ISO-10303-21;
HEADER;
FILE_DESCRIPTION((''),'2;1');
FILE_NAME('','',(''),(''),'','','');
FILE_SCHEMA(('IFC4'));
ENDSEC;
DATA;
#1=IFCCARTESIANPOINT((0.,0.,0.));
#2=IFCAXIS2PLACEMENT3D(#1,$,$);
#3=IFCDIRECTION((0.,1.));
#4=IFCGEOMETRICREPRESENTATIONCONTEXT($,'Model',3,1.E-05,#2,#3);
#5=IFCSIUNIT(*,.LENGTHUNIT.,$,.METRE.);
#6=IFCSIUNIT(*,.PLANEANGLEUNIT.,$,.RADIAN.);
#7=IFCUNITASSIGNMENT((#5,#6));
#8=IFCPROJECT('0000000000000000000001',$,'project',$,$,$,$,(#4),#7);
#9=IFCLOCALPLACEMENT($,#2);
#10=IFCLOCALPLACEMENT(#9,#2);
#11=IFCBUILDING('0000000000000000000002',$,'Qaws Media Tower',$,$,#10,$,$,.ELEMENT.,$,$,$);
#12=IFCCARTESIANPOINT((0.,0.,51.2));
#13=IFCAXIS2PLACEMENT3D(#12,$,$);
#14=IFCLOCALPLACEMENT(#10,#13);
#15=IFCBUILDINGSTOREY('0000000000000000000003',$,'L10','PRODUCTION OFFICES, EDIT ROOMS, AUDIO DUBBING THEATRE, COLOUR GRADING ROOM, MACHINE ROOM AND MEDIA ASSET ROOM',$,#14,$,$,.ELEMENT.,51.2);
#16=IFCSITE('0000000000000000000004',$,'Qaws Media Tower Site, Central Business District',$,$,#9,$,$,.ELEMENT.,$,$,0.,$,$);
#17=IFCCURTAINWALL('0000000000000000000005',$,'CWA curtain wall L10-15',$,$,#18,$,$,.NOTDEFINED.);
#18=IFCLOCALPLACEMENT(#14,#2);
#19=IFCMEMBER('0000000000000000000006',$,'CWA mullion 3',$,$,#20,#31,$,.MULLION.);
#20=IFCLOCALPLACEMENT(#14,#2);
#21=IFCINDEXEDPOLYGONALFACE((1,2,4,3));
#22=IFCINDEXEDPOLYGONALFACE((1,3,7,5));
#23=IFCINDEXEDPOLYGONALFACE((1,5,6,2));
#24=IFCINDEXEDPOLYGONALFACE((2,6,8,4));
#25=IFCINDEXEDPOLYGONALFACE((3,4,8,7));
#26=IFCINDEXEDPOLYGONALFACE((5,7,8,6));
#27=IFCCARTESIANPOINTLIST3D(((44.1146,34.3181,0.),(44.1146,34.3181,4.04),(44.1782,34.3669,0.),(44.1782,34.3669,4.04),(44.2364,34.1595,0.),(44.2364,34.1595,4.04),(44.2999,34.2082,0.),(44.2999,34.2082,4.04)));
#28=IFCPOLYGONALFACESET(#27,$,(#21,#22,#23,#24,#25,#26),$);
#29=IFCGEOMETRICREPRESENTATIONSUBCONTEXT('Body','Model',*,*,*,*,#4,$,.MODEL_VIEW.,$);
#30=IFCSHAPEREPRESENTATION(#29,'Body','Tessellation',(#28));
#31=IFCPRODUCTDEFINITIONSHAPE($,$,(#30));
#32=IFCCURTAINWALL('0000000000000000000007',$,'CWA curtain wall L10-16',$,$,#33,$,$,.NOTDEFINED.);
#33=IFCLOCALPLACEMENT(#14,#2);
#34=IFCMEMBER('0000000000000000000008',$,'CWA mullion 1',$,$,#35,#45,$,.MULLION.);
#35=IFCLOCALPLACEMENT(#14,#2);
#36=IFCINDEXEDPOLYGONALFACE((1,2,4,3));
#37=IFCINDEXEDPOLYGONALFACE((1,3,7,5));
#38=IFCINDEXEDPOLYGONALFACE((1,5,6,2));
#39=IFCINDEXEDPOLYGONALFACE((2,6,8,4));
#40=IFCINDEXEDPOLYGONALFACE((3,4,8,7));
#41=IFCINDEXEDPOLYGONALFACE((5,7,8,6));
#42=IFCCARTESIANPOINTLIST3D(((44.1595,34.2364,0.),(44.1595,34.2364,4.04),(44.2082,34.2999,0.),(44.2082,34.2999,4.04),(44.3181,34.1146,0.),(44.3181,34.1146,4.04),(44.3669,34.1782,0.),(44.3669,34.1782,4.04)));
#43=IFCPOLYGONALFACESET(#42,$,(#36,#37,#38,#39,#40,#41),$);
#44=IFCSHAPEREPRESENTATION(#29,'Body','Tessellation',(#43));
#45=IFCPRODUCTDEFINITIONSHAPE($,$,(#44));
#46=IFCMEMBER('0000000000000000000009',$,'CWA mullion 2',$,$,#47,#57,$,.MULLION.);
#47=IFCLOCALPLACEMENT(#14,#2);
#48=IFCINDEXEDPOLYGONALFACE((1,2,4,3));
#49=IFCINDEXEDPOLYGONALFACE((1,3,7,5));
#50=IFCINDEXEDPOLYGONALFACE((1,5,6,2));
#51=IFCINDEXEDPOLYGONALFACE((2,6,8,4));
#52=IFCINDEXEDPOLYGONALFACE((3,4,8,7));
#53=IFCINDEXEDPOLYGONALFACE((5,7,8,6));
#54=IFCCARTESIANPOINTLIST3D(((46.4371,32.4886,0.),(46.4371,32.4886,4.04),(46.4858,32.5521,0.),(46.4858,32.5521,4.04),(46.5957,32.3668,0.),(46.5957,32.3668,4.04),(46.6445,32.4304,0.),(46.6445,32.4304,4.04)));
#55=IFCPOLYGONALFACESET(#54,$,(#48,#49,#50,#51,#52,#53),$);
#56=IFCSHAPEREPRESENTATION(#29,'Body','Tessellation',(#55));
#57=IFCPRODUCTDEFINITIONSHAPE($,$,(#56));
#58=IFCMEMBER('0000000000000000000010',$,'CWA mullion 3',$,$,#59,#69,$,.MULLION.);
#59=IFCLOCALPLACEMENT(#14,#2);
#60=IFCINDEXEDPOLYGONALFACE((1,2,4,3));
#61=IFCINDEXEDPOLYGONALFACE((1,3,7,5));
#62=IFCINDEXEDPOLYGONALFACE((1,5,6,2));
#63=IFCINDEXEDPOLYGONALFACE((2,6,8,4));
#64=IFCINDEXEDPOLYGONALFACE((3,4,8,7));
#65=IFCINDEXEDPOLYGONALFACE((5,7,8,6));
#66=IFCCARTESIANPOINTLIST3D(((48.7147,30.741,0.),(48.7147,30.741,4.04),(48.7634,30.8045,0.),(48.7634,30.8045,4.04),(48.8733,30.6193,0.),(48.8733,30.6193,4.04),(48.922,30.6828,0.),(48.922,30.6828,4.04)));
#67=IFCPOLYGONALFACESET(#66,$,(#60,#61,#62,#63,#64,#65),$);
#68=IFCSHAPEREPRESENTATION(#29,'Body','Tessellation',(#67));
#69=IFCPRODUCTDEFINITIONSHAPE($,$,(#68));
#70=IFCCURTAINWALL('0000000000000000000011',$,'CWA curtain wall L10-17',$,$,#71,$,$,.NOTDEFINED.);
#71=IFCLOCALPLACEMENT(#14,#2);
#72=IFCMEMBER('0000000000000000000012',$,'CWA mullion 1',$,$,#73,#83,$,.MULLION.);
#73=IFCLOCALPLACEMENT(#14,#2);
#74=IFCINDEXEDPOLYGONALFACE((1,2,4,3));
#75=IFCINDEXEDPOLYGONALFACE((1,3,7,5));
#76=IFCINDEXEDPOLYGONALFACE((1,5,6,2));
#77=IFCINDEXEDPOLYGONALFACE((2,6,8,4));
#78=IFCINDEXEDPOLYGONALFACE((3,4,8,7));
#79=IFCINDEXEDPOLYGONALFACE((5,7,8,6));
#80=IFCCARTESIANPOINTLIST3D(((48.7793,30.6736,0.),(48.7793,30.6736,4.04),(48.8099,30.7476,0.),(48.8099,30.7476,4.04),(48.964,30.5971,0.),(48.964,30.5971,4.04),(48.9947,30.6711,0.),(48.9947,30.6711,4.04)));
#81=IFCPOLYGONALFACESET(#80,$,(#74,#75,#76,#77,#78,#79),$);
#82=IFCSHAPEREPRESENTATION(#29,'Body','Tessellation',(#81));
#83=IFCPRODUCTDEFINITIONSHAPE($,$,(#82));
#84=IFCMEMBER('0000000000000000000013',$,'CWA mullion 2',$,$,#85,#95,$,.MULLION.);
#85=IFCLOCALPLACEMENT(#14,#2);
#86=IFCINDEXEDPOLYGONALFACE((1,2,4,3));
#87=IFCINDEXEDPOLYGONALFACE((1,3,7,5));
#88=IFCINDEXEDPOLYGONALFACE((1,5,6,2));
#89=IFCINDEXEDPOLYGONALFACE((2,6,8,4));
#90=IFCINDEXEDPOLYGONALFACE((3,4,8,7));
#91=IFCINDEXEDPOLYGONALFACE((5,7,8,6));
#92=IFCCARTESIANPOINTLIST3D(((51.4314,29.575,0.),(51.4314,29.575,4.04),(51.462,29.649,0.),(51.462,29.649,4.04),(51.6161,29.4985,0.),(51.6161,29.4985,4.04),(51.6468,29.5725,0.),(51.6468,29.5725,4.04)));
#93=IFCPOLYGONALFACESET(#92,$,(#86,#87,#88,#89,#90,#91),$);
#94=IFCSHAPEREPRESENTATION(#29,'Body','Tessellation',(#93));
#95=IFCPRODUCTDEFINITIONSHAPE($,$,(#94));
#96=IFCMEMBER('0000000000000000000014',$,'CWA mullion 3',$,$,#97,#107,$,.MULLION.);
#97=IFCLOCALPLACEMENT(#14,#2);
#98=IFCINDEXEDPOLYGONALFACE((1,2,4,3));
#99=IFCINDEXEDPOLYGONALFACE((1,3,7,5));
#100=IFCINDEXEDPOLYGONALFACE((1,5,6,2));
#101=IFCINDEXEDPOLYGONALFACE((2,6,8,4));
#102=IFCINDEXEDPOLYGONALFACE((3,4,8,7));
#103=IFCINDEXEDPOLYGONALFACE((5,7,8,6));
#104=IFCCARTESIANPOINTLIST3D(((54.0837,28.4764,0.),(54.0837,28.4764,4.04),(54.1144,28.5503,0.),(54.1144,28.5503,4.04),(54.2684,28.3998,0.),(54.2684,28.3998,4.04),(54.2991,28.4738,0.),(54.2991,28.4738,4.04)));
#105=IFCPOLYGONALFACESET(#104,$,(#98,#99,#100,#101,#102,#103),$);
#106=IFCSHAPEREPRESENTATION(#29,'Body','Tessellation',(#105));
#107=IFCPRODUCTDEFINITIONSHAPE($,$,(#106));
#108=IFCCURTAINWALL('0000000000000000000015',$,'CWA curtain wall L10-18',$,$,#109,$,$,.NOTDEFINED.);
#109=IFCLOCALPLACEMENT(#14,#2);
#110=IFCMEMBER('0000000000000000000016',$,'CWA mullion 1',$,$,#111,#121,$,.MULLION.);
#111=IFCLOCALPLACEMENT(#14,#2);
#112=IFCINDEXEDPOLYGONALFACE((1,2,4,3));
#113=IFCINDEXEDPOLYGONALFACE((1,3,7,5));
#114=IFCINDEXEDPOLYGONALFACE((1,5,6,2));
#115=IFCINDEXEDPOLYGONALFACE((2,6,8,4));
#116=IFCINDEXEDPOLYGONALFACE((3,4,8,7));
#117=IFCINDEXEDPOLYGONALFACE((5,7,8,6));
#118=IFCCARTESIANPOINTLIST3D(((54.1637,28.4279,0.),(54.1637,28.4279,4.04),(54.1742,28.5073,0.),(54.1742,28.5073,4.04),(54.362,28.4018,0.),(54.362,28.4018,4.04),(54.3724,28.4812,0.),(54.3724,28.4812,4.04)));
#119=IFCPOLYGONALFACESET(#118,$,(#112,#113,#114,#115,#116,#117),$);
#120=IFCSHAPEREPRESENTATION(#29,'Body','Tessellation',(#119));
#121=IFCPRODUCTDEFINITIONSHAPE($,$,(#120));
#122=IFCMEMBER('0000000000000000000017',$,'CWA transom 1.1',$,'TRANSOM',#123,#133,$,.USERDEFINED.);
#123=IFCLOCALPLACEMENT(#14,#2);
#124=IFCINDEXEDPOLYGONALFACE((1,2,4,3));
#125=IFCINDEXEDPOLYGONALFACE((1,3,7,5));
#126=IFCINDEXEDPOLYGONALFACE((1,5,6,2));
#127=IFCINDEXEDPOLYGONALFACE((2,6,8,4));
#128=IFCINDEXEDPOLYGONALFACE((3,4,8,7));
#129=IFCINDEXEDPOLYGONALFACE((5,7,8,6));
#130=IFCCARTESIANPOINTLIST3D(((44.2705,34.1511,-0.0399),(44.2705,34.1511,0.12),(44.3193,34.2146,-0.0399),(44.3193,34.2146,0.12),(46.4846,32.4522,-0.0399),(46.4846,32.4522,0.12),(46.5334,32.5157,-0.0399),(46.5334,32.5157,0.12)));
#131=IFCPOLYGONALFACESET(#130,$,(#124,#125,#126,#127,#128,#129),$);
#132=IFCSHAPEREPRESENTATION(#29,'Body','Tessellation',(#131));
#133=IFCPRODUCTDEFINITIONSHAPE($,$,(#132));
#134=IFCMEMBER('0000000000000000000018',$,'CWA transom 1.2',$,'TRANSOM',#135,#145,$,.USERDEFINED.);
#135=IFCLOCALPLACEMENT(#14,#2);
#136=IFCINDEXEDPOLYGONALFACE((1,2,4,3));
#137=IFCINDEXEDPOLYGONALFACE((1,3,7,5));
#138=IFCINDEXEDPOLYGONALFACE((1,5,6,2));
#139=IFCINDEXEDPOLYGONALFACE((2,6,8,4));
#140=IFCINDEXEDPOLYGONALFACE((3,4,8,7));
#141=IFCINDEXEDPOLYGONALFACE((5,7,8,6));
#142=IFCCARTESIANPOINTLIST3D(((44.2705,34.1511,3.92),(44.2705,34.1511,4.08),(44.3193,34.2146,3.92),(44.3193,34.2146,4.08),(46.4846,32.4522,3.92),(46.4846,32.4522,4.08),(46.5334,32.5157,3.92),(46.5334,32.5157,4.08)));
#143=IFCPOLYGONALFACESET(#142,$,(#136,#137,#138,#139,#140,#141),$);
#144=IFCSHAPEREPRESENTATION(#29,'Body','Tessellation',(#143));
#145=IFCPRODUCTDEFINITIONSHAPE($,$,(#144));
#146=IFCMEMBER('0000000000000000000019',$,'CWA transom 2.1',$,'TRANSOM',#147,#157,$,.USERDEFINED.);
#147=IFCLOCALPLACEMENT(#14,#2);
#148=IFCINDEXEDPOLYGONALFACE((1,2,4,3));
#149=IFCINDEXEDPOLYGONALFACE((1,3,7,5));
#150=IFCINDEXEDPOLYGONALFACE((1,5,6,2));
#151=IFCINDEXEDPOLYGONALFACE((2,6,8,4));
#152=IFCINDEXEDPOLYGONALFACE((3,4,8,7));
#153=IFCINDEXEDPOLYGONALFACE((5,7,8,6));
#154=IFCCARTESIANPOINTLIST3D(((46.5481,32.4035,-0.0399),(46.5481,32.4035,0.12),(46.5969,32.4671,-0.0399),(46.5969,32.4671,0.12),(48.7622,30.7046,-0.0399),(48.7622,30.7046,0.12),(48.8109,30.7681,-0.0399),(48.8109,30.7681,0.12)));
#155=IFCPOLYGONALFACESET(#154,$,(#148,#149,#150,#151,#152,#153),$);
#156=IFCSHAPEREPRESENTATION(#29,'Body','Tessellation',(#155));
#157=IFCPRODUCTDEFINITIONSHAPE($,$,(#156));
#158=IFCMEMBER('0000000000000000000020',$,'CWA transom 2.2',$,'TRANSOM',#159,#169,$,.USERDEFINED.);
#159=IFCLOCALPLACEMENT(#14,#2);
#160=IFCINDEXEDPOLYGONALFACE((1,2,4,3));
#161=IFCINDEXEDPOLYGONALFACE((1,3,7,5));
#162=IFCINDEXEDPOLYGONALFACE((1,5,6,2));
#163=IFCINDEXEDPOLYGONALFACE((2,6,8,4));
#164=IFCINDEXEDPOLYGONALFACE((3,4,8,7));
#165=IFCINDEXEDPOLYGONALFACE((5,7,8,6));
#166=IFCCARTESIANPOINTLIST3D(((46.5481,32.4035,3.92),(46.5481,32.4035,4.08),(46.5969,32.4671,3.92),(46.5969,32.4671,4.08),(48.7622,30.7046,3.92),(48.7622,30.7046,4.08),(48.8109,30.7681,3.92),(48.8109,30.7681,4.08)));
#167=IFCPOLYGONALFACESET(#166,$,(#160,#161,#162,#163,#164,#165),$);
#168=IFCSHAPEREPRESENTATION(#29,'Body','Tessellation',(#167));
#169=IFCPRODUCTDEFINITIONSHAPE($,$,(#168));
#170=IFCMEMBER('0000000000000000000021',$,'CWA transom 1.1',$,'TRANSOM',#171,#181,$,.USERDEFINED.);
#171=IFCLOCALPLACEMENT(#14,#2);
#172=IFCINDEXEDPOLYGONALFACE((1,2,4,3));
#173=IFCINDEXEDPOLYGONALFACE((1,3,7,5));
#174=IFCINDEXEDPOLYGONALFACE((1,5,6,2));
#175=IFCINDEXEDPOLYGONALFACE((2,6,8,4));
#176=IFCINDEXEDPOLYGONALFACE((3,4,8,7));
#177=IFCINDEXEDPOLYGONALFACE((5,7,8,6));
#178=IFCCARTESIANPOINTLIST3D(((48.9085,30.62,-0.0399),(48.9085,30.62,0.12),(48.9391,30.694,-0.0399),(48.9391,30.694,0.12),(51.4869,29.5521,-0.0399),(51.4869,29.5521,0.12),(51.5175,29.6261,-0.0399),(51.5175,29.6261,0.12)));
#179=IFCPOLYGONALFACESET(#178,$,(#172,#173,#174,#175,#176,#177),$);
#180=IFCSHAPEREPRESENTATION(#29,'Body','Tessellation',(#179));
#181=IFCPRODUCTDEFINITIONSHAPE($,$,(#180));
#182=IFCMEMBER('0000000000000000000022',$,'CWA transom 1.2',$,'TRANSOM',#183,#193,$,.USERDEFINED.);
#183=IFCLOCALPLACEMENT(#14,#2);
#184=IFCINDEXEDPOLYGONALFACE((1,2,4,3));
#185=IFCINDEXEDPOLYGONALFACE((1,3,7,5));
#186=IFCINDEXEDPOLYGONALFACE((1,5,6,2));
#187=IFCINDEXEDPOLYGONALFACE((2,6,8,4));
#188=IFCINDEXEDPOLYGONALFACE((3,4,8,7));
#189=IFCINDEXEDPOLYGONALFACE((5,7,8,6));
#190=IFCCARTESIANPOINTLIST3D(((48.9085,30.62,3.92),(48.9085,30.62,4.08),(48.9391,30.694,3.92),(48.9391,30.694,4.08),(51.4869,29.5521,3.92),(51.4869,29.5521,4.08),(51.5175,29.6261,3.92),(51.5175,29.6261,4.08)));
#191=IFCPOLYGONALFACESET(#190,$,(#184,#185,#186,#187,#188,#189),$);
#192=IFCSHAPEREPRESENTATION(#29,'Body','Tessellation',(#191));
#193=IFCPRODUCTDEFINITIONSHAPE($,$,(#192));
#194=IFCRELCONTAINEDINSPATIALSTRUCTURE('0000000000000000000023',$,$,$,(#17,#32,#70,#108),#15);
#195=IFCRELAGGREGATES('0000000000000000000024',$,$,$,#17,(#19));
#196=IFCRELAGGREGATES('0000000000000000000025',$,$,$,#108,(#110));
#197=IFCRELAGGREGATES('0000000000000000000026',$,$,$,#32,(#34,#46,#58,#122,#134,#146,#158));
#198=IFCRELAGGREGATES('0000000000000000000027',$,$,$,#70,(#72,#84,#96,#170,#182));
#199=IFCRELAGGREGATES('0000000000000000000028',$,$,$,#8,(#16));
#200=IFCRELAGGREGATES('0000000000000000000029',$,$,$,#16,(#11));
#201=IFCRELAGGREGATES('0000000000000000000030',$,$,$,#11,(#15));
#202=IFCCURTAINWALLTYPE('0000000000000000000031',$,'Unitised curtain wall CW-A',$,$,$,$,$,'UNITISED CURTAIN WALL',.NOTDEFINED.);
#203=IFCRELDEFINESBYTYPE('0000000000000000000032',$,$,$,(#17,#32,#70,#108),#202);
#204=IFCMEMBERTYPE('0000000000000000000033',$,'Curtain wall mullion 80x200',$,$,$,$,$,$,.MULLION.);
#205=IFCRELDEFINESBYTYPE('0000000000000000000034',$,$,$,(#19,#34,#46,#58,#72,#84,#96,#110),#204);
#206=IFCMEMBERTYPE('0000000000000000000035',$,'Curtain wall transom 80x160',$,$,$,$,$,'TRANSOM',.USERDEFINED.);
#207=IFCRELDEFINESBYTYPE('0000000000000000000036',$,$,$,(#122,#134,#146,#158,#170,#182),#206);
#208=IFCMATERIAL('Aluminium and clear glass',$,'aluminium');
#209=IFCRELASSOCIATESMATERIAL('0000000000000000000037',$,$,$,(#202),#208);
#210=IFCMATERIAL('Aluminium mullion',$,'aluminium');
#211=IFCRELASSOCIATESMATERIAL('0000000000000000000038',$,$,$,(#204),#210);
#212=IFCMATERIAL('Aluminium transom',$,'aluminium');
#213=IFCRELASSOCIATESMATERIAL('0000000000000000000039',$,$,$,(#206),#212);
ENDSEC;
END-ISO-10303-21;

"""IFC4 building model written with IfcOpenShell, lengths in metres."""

from ifc_helpers import new_model, si_unit, direction, frame, origin, origin_2d, place, context, subcontext, project, spatial, rectangle, extrude, material, material_profile, profile_set, type_object, element, aggregate, save


model = new_model("IFC4")

# Units and contexts
model_context = context("Model", 3, precision=1e-05, world=origin(), true_north=direction((0.0, 1.0)))
body_context = subcontext(model_context, "Body", "Model", "MODEL_VIEW")
ifc_project = project(units=[si_unit("LENGTHUNIT", "METRE"), si_unit("PLANEANGLEUNIT", "RADIAN")], contexts=[model_context])

# Site, building, storey
site_placement = place(None, origin())
site = spatial("IfcSite", under=ifc_project, at=site_placement, Name="Qaws Media Tower Site, Central Business District", CompositionType="ELEMENT", RefElevation=0.0)
building_placement = place(site_placement, origin())
building = spatial("IfcBuilding", under=site, at=building_placement, Name="Qaws Media Tower", CompositionType="ELEMENT")
storey_placement = place(building_placement, frame((0.0, 0.0, 51.2)))
storey = spatial("IfcBuildingStorey", under=building, at=storey_placement, Name="L10", Description="PRODUCTION OFFICES, EDIT ROOMS, AUDIO DUBBING THEATRE, COLOUR GRADING ROOM, MACHINE ROOM AND MEDIA ASSET ROOM", CompositionType="ELEMENT", Elevation=51.2)

# Curtain wall, member
ifc_material_1 = material(Name="Aluminium and clear glass", Category="aluminium")
curtain_wall_type = type_object("IfcCurtainWallType", Name="Unitised curtain wall CW-A", ElementType="UNITISED CURTAIN WALL", PredefinedType="NOTDEFINED", material=ifc_material_1)
curtain_wall_1_placement = place(storey_placement, origin())
curtain_wall_1 = element("IfcCurtainWall", 1, at=curtain_wall_1_placement, inside=storey, type_object=curtain_wall_type, Name="CWA curtain wall L10-15", PredefinedType="NOTDEFINED")
ifc_material_2 = material(Name="Aluminium mullion", Category="aluminium")
ifc_material_profile_1 = material_profile(ifc_material_2, rectangle(XDim=0.0801, YDim=0.2, at=origin_2d()), Name="80x200")
ifc_profile_set_1 = profile_set([ifc_material_profile_1], Name="Aluminium mullion")
member_type_1 = type_object("IfcMemberType", Name="Curtain wall mullion 80x200", PredefinedType="MULLION", material=ifc_profile_set_1)
member_1_placement = place(storey_placement, frame((44.2073, 34.2632, 0.0), z_axis=(0.0, 0.0, 1.0), x_axis=(0.793353, 0.608762, 0.0)))
member_1 = element("IfcMember", 2, at=member_1_placement, type_object=member_type_1, Name="CWA mullion 3", PredefinedType="MULLION", context=body_context, shape_type="SweptSolid", body=[
    extrude(rectangle(XDim=0.0801, YDim=0.2, at=origin_2d()), origin(), (0.0, 0.0, 1.0), 4.04),
])
aggregate(curtain_wall_1, [member_1])

# Curtain walls, members
curtain_wall_2_placement = place(storey_placement, origin())
curtain_wall_2 = element("IfcCurtainWall", 3, at=curtain_wall_2_placement, inside=storey, type_object=curtain_wall_type, Name="CWA curtain wall L10-16", PredefinedType="NOTDEFINED")
member_2_placement = place(storey_placement, frame((44.2632, 34.2073, 0.0), z_axis=(0.0, 0.0, 1.0), x_axis=(0.608762, 0.793353, 0.0)))
member_2 = element("IfcMember", 4, at=member_2_placement, type_object=member_type_1, Name="CWA mullion 1", PredefinedType="MULLION", context=body_context, shape_type="SweptSolid", body=[
    extrude(rectangle(XDim=0.0801, YDim=0.2, at=origin_2d()), origin(), (0.0, 0.0, 1.0), 4.04),
])
member_3_placement = place(storey_placement, frame((46.5408, 32.4595, 0.0), z_axis=(0.0, 0.0, 1.0), x_axis=(0.608762, 0.793353, 0.0)))
member_3 = element("IfcMember", 5, at=member_3_placement, type_object=member_type_1, Name="CWA mullion 2", PredefinedType="MULLION", context=body_context, shape_type="SweptSolid", body=[
    extrude(rectangle(XDim=0.0801, YDim=0.2, at=origin_2d()), origin(), (0.0, 0.0, 1.0), 4.04),
])
member_4_placement = place(storey_placement, frame((48.8184, 30.7119, 0.0), z_axis=(0.0, 0.0, 1.0), x_axis=(0.608762, 0.793353, 0.0)))
member_4 = element("IfcMember", 6, at=member_4_placement, type_object=member_type_1, Name="CWA mullion 3", PredefinedType="MULLION", context=body_context, shape_type="SweptSolid", body=[
    extrude(rectangle(XDim=0.0801, YDim=0.2, at=origin_2d()), origin(), (0.0, 0.0, 1.0), 4.04),
])
curtain_wall_3_placement = place(storey_placement, origin())
curtain_wall_3 = element("IfcCurtainWall", 7, at=curtain_wall_3_placement, inside=storey, type_object=curtain_wall_type, Name="CWA curtain wall L10-17", PredefinedType="NOTDEFINED")
member_5_placement = place(storey_placement, frame((48.887, 30.6724, 0.0), z_axis=(0.0, 0.0, 1.0), x_axis=(0.382683, 0.92388, 0.0)))
member_5 = element("IfcMember", 8, at=member_5_placement, type_object=member_type_1, Name="CWA mullion 1", PredefinedType="MULLION", context=body_context, shape_type="SweptSolid", body=[
    extrude(rectangle(XDim=0.0801, YDim=0.2, at=origin_2d()), origin(), (0.0, 0.0, 1.0), 4.04),
])
member_6_placement = place(storey_placement, frame((51.5391, 29.5737, 0.0), z_axis=(0.0, 0.0, 1.0), x_axis=(0.382683, 0.92388, 0.0)))
member_6 = element("IfcMember", 9, at=member_6_placement, type_object=member_type_1, Name="CWA mullion 2", PredefinedType="MULLION", context=body_context, shape_type="SweptSolid", body=[
    extrude(rectangle(XDim=0.0801, YDim=0.2, at=origin_2d()), origin(), (0.0, 0.0, 1.0), 4.04),
])
member_7_placement = place(storey_placement, frame((54.1914, 28.4751, 0.0), z_axis=(0.0, 0.0, 1.0), x_axis=(0.382683, 0.92388, 0.0)))
member_7 = element("IfcMember", 10, at=member_7_placement, type_object=member_type_1, Name="CWA mullion 3", PredefinedType="MULLION", context=body_context, shape_type="SweptSolid", body=[
    extrude(rectangle(XDim=0.0801, YDim=0.2, at=origin_2d()), origin(), (0.0, 0.0, 1.0), 4.04),
])

# Curtain wall, member
curtain_wall_4_placement = place(storey_placement, origin())
curtain_wall_4 = element("IfcCurtainWall", 11, at=curtain_wall_4_placement, inside=storey, type_object=curtain_wall_type, Name="CWA curtain wall L10-18", PredefinedType="NOTDEFINED")
member_8_placement = place(storey_placement, frame((54.2681, 28.4546, 0.0), z_axis=(0.0, 0.0, 1.0), x_axis=(0.130526, 0.991445, 0.0)))
member_8 = element("IfcMember", 12, at=member_8_placement, type_object=member_type_1, Name="CWA mullion 1", PredefinedType="MULLION", context=body_context, shape_type="SweptSolid", body=[
    extrude(rectangle(XDim=0.0801, YDim=0.2, at=origin_2d()), origin(), (0.0, 0.0, 1.0), 4.04),
])

# Members
ifc_material_3 = material(Name="Aluminium transom", Category="aluminium")
ifc_material_profile_2 = material_profile(ifc_material_3, rectangle(XDim=0.0801, YDim=0.1599, at=origin_2d()), Name="80x160")
ifc_profile_set_2 = profile_set([ifc_material_profile_2], Name="Aluminium transom")
member_type_2 = type_object("IfcMemberType", Name="Curtain wall transom 80x160", ElementType="TRANSOM", PredefinedType="USERDEFINED", material=ifc_profile_set_2)
member_9_placement = place(storey_placement, frame((44.2949, 34.1829, 0.04), z_axis=(0.793349, -0.608768, 0.0), x_axis=(0.608768, 0.793349, 0.0)))
member_9 = element("IfcMember", 13, at=member_9_placement, type_object=member_type_2, Name="CWA transom 1.1", ObjectType="TRANSOM", PredefinedType="USERDEFINED", context=body_context, shape_type="SweptSolid", body=[
    extrude(rectangle(XDim=0.0801, YDim=0.1599, at=origin_2d()), origin(), (0.0, 0.0, 1.0), 2.7908),
])
member_10_placement = place(storey_placement, frame((44.2949, 34.1829, 4.0), z_axis=(0.793349, -0.608768, 0.0), x_axis=(0.608768, 0.793349, 0.0)))
member_10 = element("IfcMember", 14, at=member_10_placement, type_object=member_type_2, Name="CWA transom 1.2", ObjectType="TRANSOM", PredefinedType="USERDEFINED", context=body_context, shape_type="SweptSolid", body=[
    extrude(rectangle(XDim=0.0801, YDim=0.1599, at=origin_2d()), origin(), (0.0, 0.0, 1.0), 2.7908),
])
member_11_placement = place(storey_placement, frame((46.5725, 32.4353, 0.04), z_axis=(0.793349, -0.608768, 0.0), x_axis=(0.608768, 0.793349, 0.0)))
member_11 = element("IfcMember", 15, at=member_11_placement, type_object=member_type_2, Name="CWA transom 2.1", ObjectType="TRANSOM", PredefinedType="USERDEFINED", context=body_context, shape_type="SweptSolid", body=[
    extrude(rectangle(XDim=0.0801, YDim=0.1599, at=origin_2d()), origin(), (0.0, 0.0, 1.0), 2.7908),
])
member_12_placement = place(storey_placement, frame((46.5725, 32.4353, 4.0), z_axis=(0.793349, -0.608768, 0.0), x_axis=(0.608768, 0.793349, 0.0)))
member_12 = element("IfcMember", 16, at=member_12_placement, type_object=member_type_2, Name="CWA transom 2.2", ObjectType="TRANSOM", PredefinedType="USERDEFINED", context=body_context, shape_type="SweptSolid", body=[
    extrude(rectangle(XDim=0.0801, YDim=0.1599, at=origin_2d()), origin(), (0.0, 0.0, 1.0), 2.7908),
])
member_13_placement = place(storey_placement, frame((48.9238, 30.657, 0.04), z_axis=(0.923895, -0.382645, 0.0), x_axis=(0.382645, 0.923895, 0.0)))
member_13 = element("IfcMember", 17, at=member_13_placement, type_object=member_type_2, Name="CWA transom 1.1", ObjectType="TRANSOM", PredefinedType="USERDEFINED", context=body_context, shape_type="SweptSolid", body=[
    extrude(rectangle(XDim=0.0801, YDim=0.1599, at=origin_2d()), origin(), (0.0, 0.0, 1.0), 2.7908),
])
member_14_placement = place(storey_placement, frame((48.9238, 30.657, 4.0), z_axis=(0.923895, -0.382645, 0.0), x_axis=(0.382645, 0.923895, 0.0)))
member_14 = element("IfcMember", 18, at=member_14_placement, type_object=member_type_2, Name="CWA transom 1.2", ObjectType="TRANSOM", PredefinedType="USERDEFINED", context=body_context, shape_type="SweptSolid", body=[
    extrude(rectangle(XDim=0.0801, YDim=0.1599, at=origin_2d()), origin(), (0.0, 0.0, 1.0), 2.7908),
])
aggregate(curtain_wall_4, [member_8])

aggregate(curtain_wall_2, [member_2, member_3, member_4, member_9, member_10, member_11, member_12])
aggregate(curtain_wall_3, [member_5, member_6, member_7, member_13, member_14])

save(model, "model.ifc")
